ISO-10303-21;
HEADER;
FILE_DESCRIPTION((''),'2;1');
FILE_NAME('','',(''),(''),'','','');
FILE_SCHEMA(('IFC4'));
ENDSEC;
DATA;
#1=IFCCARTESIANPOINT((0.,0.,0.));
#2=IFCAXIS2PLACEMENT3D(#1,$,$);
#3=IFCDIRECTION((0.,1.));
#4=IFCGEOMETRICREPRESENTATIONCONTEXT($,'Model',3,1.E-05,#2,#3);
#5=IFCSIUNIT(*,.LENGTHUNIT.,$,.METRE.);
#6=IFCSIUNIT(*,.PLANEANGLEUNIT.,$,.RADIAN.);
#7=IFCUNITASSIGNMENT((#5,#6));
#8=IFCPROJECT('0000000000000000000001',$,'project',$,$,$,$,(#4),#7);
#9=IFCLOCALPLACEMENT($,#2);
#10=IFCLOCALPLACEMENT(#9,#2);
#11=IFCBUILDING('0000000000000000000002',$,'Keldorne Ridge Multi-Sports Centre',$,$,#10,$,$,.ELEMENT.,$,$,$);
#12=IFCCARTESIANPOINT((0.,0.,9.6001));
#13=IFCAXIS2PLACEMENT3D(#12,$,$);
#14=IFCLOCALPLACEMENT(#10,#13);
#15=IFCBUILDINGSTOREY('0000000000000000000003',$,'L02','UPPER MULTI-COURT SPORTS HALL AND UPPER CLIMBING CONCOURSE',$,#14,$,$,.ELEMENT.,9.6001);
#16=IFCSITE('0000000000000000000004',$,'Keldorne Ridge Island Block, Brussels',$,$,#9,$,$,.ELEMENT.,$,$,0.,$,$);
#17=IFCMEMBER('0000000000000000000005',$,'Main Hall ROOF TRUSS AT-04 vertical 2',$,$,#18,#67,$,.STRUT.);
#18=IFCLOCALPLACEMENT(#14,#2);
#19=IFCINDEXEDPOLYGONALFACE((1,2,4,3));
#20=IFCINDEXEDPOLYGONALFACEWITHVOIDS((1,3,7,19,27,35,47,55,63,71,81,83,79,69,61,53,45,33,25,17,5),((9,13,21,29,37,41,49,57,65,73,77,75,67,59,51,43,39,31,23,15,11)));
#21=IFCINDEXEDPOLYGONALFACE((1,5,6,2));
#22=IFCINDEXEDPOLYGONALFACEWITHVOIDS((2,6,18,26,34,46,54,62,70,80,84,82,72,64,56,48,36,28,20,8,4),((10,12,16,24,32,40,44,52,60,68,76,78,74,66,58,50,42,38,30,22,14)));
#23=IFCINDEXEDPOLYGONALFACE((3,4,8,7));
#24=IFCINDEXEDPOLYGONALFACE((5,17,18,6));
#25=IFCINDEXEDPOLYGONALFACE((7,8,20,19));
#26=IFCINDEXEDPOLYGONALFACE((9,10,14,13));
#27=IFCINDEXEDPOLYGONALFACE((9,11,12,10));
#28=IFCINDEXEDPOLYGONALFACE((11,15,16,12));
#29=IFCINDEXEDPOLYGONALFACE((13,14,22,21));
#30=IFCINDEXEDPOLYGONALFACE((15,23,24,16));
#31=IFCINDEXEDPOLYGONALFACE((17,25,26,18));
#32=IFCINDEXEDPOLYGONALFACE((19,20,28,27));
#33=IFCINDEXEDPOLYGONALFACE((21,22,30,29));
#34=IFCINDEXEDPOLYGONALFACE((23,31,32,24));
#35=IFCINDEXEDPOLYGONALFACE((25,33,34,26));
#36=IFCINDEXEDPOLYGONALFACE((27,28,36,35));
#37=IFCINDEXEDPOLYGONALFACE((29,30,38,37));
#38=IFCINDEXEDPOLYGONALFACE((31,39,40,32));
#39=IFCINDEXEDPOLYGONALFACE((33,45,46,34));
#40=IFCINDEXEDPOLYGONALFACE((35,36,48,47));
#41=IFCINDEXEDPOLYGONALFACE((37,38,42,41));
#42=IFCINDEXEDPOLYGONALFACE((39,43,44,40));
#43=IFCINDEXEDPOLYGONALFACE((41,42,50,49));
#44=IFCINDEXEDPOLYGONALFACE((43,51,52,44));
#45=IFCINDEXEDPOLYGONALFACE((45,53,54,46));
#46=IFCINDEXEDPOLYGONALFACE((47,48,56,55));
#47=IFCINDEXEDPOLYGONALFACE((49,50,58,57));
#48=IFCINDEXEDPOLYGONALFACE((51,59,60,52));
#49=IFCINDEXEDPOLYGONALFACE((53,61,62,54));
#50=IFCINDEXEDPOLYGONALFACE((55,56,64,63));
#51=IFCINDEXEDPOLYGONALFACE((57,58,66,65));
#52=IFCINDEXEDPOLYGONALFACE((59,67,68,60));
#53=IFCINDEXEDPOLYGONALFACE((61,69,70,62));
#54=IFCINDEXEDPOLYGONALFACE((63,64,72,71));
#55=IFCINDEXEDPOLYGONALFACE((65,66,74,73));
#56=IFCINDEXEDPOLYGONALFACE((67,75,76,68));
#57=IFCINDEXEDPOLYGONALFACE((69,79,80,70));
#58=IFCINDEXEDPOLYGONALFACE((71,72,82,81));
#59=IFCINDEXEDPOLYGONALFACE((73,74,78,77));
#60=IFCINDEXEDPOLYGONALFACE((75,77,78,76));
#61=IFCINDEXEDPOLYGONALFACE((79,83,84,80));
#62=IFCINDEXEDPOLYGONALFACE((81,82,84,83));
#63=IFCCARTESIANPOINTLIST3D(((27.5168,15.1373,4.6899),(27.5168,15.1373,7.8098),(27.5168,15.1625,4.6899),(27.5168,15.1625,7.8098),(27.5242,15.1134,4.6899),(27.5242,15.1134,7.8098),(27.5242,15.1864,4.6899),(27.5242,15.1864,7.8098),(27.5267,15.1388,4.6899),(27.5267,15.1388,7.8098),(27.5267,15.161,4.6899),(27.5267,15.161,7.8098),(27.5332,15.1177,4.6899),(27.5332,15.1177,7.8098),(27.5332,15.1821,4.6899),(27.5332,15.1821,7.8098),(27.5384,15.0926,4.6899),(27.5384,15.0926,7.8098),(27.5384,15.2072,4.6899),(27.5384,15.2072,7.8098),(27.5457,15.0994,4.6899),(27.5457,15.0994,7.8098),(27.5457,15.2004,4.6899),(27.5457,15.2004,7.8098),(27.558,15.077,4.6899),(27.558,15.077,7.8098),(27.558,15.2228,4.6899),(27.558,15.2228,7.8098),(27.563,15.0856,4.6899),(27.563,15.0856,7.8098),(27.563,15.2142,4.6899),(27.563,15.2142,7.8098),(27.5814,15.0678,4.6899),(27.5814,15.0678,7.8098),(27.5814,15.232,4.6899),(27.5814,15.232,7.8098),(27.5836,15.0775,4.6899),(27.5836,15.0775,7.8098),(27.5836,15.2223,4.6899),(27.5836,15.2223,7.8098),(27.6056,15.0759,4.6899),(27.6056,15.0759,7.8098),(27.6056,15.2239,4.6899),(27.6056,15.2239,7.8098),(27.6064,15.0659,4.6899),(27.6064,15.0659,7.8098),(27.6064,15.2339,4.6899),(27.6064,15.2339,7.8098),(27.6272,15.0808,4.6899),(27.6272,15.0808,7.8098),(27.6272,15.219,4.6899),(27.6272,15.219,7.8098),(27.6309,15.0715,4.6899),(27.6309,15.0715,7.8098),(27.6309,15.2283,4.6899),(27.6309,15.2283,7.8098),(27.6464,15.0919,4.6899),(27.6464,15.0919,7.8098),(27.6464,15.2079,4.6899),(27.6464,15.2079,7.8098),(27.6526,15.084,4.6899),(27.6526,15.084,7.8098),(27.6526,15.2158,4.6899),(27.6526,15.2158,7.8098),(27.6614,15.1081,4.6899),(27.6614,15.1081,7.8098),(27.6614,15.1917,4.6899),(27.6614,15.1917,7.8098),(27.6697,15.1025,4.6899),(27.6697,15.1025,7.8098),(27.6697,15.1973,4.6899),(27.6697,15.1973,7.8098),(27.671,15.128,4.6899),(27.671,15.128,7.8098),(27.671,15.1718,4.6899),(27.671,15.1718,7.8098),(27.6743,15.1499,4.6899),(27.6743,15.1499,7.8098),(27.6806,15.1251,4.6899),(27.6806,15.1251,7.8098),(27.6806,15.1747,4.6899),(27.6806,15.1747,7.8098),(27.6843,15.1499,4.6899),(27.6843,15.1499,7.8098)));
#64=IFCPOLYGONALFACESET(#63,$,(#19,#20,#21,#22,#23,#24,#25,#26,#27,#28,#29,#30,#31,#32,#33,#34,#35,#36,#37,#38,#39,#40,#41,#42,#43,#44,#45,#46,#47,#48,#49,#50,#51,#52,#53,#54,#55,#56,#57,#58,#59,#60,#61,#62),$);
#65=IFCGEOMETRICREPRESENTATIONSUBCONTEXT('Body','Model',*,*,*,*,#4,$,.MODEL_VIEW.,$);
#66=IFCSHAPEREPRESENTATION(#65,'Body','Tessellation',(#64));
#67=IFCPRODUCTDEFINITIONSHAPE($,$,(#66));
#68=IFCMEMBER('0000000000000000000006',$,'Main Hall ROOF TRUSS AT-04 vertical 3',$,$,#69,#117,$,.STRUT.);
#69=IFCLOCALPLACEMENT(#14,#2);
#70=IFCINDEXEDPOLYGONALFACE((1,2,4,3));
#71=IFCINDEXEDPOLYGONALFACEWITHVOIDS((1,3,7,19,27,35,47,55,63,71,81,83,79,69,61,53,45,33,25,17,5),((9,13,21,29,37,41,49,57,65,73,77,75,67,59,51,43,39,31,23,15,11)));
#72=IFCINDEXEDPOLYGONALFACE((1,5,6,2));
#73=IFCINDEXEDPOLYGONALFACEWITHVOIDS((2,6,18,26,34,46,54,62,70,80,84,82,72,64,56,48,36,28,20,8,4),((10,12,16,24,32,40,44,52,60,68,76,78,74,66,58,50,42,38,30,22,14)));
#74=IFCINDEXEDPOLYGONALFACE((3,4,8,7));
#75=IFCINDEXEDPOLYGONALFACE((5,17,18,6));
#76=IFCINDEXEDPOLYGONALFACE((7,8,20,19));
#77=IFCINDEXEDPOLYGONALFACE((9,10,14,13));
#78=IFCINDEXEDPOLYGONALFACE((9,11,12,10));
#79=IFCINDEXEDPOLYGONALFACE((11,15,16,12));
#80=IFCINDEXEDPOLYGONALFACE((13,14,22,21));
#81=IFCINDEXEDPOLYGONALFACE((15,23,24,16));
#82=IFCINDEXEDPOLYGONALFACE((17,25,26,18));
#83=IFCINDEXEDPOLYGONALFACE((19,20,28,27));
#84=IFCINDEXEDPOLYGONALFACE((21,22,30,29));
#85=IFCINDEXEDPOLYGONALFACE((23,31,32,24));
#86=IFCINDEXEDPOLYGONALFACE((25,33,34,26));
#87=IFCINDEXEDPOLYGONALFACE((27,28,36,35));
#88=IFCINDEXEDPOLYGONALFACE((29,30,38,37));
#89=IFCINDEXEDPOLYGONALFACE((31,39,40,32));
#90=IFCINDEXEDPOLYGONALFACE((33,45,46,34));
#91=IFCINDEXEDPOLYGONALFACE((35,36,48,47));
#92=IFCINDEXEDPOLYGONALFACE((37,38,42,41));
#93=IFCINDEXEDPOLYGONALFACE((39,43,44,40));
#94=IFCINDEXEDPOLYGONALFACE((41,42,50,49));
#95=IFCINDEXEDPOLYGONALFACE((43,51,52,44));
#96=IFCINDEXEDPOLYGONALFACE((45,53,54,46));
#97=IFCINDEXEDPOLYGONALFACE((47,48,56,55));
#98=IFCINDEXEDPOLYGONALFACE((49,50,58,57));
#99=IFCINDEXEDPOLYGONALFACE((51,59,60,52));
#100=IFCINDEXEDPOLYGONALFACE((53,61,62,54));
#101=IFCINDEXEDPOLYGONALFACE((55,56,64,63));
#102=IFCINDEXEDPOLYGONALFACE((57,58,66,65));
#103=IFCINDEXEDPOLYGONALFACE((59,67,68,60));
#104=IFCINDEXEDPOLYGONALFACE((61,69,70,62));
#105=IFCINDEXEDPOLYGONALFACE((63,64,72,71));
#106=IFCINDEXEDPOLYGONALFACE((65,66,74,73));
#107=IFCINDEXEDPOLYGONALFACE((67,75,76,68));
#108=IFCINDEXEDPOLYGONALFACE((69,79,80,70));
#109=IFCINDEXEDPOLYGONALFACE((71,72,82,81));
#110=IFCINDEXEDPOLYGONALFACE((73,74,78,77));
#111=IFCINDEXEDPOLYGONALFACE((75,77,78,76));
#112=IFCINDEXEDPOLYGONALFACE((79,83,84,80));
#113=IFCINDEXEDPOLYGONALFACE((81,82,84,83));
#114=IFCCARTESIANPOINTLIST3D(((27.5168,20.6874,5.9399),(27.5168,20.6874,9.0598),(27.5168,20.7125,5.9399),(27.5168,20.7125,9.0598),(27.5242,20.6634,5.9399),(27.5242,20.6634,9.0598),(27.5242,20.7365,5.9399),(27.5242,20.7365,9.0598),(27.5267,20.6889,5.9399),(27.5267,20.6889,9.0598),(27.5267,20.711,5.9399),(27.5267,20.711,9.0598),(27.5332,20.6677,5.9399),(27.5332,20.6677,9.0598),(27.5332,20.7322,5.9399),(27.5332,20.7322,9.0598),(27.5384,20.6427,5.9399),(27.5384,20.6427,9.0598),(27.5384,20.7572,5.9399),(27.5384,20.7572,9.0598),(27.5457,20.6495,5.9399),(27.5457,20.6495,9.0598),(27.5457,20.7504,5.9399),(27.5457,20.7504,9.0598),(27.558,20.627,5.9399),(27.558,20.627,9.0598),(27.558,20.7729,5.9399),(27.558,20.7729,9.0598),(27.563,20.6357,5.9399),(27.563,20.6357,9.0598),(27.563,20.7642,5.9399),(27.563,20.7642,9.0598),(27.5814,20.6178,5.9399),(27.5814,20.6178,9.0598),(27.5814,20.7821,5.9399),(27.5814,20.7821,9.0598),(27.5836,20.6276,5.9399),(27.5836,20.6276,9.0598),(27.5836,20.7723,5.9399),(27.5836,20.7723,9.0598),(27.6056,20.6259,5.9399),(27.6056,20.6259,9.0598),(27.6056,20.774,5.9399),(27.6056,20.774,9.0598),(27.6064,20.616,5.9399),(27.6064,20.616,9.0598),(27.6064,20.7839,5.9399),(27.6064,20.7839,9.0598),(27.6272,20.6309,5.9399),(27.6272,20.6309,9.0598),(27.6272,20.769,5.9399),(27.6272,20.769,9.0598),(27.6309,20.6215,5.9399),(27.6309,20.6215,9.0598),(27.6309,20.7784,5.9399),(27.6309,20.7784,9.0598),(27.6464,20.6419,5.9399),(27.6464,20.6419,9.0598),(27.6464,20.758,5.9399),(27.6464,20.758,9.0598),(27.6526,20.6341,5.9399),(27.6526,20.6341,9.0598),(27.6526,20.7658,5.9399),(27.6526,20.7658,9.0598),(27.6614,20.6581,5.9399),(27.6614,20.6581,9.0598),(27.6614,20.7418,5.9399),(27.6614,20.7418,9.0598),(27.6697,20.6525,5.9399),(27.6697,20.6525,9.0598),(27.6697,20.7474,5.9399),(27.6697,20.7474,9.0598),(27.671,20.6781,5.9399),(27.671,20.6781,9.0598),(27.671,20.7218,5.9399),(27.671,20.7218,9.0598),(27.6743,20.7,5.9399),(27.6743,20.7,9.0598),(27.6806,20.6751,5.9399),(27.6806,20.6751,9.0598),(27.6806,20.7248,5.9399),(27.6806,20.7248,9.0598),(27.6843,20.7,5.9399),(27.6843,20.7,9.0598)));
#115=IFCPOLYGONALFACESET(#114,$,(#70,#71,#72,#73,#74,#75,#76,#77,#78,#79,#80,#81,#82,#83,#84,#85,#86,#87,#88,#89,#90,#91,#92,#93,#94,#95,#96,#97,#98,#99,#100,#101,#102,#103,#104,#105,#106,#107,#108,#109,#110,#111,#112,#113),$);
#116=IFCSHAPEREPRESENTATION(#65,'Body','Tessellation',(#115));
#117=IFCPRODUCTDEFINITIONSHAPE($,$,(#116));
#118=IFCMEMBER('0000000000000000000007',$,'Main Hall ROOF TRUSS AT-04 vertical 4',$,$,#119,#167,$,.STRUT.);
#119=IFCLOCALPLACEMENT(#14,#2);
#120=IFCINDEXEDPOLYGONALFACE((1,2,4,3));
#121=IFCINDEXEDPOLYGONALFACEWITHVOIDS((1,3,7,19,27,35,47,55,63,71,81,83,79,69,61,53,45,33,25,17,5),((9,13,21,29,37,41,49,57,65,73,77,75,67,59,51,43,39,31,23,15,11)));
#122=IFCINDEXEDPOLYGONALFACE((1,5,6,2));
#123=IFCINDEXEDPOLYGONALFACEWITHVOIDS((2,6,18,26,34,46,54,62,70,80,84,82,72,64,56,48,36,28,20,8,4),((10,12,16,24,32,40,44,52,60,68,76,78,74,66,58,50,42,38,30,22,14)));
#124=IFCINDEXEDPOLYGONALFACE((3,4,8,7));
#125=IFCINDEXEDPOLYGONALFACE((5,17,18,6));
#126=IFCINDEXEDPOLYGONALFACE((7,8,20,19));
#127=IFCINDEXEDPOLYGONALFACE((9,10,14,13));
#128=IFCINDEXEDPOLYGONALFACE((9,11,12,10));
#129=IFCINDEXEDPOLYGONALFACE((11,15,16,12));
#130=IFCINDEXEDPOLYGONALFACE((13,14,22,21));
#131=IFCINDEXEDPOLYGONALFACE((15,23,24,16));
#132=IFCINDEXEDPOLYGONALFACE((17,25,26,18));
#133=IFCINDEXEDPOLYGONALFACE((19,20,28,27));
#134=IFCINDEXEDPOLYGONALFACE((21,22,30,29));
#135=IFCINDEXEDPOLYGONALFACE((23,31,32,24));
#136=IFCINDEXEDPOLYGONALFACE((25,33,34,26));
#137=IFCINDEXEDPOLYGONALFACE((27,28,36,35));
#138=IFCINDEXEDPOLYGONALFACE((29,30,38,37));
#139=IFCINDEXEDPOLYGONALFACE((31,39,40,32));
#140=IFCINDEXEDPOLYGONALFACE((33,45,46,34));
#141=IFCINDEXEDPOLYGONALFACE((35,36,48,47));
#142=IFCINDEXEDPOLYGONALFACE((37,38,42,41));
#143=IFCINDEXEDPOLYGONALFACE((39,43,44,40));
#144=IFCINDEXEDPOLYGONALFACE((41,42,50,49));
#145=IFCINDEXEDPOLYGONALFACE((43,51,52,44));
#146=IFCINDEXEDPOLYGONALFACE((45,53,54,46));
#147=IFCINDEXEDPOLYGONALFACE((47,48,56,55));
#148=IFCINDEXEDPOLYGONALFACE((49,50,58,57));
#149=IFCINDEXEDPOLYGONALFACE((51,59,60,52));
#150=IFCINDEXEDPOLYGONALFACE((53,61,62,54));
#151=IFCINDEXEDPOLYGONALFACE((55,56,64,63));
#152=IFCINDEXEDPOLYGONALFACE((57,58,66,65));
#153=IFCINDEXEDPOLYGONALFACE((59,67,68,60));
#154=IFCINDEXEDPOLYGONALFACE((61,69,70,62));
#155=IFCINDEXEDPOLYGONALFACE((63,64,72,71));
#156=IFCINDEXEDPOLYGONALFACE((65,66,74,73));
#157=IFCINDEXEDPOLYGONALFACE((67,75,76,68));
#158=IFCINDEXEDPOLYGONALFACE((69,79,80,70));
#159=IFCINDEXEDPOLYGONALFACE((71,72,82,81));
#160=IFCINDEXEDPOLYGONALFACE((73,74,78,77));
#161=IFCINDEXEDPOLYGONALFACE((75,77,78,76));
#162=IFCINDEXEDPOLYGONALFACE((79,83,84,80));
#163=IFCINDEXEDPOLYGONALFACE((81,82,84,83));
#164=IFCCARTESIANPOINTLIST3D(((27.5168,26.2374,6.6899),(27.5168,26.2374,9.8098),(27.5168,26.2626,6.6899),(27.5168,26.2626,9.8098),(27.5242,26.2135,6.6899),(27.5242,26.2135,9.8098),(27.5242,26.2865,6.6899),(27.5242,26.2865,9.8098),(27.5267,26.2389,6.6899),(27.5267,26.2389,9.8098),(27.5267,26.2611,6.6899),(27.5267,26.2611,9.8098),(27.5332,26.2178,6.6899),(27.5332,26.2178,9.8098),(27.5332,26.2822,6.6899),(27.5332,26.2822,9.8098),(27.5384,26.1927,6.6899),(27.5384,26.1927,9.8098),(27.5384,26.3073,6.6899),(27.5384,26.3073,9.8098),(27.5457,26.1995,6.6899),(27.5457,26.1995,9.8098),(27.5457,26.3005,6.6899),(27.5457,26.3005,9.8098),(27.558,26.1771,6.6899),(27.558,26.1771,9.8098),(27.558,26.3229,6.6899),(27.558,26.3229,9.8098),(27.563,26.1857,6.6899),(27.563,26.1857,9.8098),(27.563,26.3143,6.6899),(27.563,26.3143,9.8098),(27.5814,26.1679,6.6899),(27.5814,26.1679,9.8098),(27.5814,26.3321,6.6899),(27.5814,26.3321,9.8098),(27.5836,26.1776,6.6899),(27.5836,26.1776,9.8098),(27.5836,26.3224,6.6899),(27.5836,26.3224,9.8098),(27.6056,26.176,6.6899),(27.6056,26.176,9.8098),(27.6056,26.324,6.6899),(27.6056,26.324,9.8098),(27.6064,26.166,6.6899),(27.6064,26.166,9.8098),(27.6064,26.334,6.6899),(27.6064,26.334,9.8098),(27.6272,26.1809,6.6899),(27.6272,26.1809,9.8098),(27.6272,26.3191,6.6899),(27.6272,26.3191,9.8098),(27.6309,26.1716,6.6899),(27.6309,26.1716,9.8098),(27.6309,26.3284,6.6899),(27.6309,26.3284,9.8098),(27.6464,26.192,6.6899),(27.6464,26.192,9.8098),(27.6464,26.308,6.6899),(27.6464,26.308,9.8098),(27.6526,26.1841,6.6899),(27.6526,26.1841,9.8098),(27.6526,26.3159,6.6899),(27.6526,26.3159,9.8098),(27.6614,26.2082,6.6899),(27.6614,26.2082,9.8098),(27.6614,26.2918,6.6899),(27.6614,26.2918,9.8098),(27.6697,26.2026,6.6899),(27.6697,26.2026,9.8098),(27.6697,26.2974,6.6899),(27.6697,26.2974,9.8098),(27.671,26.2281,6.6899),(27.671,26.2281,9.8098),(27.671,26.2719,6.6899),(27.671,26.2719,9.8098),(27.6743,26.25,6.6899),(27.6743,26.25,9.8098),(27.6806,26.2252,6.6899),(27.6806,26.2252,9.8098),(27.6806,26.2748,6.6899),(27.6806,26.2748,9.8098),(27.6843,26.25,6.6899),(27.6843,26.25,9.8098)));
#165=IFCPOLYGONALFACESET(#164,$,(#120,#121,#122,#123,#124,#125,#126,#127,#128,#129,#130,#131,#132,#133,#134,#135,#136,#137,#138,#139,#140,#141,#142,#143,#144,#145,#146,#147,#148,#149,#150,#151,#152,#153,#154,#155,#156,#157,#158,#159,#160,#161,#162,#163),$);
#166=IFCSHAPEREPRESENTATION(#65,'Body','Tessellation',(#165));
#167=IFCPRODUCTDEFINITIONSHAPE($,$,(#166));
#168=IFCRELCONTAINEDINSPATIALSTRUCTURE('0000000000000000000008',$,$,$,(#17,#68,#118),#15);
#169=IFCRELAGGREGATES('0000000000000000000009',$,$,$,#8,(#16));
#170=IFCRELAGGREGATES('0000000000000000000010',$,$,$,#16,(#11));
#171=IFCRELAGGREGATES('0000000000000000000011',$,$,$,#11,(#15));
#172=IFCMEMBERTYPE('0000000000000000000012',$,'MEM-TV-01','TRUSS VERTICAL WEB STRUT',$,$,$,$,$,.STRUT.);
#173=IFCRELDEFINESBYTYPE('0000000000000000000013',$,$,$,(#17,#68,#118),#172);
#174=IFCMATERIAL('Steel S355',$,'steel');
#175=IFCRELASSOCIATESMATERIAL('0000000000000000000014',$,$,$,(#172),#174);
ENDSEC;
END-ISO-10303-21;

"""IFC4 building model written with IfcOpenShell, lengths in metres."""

from ifc_helpers import new_model, si_unit, direction, frame, origin, origin_2d, place, context, subcontext, project, spatial, hollow_circle, extrude, material, material_profile, profile_set, type_object, element, save


model = new_model("IFC4")

# Units and contexts
model_context = context("Model", 3, precision=1e-05, world=origin(), true_north=direction((0.0, 1.0)))
body_context = subcontext(model_context, "Body", "Model", "MODEL_VIEW")
ifc_project = project(units=[si_unit("LENGTHUNIT", "METRE"), si_unit("PLANEANGLEUNIT", "RADIAN")], contexts=[model_context])

# Site, building, storey
site_placement = place(None, origin())
site = spatial("IfcSite", under=ifc_project, at=site_placement, Name="Keldorne Ridge Island Block, Brussels", CompositionType="ELEMENT", RefElevation=0.0)
building_placement = place(site_placement, origin())
building = spatial("IfcBuilding", under=site, at=building_placement, Name="Keldorne Ridge Multi-Sports Centre", CompositionType="ELEMENT")
storey_placement = place(building_placement, frame((0.0, 0.0, 9.6001)))
storey = spatial("IfcBuildingStorey", under=building, at=storey_placement, Name="L02", Description="UPPER MULTI-COURT SPORTS HALL AND UPPER CLIMBING CONCOURSE", CompositionType="ELEMENT", Elevation=9.6001)

# Shared definitions
ifc_material_1 = material(Name="Steel S355", Category="steel")

# Members
ifc_material_profile_1 = material_profile(ifc_material_1, hollow_circle(Radius=0.0842, WallThickness=0.01, at=origin_2d()), Name="CHS 168.3x10")
ifc_profile_set_1 = profile_set([ifc_material_profile_1], Name="Steel S355")
member_type_1 = type_object("IfcMemberType", Name="MEM-TV-01", Description="TRUSS VERTICAL WEB STRUT", PredefinedType="STRUT", material=ifc_profile_set_1)
for number, where, z_axis, x_axis, name in (
    (1, (27.6001, 15.1499, 4.6899), (0.0, 0.0, 1.0), (1.0, 0.0, 0.0), "Main Hall ROOF TRUSS AT-04 vertical 2"),
    (2, (27.6001, 20.7, 5.9399), (0.0, 0.0, 1.0), (1.0, 0.0, 0.0), "Main Hall ROOF TRUSS AT-04 vertical 3"),
    (3, (27.6001, 26.25, 6.6899), (0.0, 0.0, 1.0), (1.0, 0.0, 0.0), "Main Hall ROOF TRUSS AT-04 vertical 4"),
):
    element("IfcMember", number, at=place(storey_placement, frame(where, z_axis=z_axis, x_axis=x_axis)), inside=storey, type_object=member_type_1, Name=name, PredefinedType="STRUT", context=body_context, shape_type="SweptSolid", body=[
        extrude(hollow_circle(Radius=0.0842, WallThickness=0.01, at=origin_2d()), origin(), (0.0, 0.0, 1.0), 3.1199),
    ])

save(model, "model.ifc")
